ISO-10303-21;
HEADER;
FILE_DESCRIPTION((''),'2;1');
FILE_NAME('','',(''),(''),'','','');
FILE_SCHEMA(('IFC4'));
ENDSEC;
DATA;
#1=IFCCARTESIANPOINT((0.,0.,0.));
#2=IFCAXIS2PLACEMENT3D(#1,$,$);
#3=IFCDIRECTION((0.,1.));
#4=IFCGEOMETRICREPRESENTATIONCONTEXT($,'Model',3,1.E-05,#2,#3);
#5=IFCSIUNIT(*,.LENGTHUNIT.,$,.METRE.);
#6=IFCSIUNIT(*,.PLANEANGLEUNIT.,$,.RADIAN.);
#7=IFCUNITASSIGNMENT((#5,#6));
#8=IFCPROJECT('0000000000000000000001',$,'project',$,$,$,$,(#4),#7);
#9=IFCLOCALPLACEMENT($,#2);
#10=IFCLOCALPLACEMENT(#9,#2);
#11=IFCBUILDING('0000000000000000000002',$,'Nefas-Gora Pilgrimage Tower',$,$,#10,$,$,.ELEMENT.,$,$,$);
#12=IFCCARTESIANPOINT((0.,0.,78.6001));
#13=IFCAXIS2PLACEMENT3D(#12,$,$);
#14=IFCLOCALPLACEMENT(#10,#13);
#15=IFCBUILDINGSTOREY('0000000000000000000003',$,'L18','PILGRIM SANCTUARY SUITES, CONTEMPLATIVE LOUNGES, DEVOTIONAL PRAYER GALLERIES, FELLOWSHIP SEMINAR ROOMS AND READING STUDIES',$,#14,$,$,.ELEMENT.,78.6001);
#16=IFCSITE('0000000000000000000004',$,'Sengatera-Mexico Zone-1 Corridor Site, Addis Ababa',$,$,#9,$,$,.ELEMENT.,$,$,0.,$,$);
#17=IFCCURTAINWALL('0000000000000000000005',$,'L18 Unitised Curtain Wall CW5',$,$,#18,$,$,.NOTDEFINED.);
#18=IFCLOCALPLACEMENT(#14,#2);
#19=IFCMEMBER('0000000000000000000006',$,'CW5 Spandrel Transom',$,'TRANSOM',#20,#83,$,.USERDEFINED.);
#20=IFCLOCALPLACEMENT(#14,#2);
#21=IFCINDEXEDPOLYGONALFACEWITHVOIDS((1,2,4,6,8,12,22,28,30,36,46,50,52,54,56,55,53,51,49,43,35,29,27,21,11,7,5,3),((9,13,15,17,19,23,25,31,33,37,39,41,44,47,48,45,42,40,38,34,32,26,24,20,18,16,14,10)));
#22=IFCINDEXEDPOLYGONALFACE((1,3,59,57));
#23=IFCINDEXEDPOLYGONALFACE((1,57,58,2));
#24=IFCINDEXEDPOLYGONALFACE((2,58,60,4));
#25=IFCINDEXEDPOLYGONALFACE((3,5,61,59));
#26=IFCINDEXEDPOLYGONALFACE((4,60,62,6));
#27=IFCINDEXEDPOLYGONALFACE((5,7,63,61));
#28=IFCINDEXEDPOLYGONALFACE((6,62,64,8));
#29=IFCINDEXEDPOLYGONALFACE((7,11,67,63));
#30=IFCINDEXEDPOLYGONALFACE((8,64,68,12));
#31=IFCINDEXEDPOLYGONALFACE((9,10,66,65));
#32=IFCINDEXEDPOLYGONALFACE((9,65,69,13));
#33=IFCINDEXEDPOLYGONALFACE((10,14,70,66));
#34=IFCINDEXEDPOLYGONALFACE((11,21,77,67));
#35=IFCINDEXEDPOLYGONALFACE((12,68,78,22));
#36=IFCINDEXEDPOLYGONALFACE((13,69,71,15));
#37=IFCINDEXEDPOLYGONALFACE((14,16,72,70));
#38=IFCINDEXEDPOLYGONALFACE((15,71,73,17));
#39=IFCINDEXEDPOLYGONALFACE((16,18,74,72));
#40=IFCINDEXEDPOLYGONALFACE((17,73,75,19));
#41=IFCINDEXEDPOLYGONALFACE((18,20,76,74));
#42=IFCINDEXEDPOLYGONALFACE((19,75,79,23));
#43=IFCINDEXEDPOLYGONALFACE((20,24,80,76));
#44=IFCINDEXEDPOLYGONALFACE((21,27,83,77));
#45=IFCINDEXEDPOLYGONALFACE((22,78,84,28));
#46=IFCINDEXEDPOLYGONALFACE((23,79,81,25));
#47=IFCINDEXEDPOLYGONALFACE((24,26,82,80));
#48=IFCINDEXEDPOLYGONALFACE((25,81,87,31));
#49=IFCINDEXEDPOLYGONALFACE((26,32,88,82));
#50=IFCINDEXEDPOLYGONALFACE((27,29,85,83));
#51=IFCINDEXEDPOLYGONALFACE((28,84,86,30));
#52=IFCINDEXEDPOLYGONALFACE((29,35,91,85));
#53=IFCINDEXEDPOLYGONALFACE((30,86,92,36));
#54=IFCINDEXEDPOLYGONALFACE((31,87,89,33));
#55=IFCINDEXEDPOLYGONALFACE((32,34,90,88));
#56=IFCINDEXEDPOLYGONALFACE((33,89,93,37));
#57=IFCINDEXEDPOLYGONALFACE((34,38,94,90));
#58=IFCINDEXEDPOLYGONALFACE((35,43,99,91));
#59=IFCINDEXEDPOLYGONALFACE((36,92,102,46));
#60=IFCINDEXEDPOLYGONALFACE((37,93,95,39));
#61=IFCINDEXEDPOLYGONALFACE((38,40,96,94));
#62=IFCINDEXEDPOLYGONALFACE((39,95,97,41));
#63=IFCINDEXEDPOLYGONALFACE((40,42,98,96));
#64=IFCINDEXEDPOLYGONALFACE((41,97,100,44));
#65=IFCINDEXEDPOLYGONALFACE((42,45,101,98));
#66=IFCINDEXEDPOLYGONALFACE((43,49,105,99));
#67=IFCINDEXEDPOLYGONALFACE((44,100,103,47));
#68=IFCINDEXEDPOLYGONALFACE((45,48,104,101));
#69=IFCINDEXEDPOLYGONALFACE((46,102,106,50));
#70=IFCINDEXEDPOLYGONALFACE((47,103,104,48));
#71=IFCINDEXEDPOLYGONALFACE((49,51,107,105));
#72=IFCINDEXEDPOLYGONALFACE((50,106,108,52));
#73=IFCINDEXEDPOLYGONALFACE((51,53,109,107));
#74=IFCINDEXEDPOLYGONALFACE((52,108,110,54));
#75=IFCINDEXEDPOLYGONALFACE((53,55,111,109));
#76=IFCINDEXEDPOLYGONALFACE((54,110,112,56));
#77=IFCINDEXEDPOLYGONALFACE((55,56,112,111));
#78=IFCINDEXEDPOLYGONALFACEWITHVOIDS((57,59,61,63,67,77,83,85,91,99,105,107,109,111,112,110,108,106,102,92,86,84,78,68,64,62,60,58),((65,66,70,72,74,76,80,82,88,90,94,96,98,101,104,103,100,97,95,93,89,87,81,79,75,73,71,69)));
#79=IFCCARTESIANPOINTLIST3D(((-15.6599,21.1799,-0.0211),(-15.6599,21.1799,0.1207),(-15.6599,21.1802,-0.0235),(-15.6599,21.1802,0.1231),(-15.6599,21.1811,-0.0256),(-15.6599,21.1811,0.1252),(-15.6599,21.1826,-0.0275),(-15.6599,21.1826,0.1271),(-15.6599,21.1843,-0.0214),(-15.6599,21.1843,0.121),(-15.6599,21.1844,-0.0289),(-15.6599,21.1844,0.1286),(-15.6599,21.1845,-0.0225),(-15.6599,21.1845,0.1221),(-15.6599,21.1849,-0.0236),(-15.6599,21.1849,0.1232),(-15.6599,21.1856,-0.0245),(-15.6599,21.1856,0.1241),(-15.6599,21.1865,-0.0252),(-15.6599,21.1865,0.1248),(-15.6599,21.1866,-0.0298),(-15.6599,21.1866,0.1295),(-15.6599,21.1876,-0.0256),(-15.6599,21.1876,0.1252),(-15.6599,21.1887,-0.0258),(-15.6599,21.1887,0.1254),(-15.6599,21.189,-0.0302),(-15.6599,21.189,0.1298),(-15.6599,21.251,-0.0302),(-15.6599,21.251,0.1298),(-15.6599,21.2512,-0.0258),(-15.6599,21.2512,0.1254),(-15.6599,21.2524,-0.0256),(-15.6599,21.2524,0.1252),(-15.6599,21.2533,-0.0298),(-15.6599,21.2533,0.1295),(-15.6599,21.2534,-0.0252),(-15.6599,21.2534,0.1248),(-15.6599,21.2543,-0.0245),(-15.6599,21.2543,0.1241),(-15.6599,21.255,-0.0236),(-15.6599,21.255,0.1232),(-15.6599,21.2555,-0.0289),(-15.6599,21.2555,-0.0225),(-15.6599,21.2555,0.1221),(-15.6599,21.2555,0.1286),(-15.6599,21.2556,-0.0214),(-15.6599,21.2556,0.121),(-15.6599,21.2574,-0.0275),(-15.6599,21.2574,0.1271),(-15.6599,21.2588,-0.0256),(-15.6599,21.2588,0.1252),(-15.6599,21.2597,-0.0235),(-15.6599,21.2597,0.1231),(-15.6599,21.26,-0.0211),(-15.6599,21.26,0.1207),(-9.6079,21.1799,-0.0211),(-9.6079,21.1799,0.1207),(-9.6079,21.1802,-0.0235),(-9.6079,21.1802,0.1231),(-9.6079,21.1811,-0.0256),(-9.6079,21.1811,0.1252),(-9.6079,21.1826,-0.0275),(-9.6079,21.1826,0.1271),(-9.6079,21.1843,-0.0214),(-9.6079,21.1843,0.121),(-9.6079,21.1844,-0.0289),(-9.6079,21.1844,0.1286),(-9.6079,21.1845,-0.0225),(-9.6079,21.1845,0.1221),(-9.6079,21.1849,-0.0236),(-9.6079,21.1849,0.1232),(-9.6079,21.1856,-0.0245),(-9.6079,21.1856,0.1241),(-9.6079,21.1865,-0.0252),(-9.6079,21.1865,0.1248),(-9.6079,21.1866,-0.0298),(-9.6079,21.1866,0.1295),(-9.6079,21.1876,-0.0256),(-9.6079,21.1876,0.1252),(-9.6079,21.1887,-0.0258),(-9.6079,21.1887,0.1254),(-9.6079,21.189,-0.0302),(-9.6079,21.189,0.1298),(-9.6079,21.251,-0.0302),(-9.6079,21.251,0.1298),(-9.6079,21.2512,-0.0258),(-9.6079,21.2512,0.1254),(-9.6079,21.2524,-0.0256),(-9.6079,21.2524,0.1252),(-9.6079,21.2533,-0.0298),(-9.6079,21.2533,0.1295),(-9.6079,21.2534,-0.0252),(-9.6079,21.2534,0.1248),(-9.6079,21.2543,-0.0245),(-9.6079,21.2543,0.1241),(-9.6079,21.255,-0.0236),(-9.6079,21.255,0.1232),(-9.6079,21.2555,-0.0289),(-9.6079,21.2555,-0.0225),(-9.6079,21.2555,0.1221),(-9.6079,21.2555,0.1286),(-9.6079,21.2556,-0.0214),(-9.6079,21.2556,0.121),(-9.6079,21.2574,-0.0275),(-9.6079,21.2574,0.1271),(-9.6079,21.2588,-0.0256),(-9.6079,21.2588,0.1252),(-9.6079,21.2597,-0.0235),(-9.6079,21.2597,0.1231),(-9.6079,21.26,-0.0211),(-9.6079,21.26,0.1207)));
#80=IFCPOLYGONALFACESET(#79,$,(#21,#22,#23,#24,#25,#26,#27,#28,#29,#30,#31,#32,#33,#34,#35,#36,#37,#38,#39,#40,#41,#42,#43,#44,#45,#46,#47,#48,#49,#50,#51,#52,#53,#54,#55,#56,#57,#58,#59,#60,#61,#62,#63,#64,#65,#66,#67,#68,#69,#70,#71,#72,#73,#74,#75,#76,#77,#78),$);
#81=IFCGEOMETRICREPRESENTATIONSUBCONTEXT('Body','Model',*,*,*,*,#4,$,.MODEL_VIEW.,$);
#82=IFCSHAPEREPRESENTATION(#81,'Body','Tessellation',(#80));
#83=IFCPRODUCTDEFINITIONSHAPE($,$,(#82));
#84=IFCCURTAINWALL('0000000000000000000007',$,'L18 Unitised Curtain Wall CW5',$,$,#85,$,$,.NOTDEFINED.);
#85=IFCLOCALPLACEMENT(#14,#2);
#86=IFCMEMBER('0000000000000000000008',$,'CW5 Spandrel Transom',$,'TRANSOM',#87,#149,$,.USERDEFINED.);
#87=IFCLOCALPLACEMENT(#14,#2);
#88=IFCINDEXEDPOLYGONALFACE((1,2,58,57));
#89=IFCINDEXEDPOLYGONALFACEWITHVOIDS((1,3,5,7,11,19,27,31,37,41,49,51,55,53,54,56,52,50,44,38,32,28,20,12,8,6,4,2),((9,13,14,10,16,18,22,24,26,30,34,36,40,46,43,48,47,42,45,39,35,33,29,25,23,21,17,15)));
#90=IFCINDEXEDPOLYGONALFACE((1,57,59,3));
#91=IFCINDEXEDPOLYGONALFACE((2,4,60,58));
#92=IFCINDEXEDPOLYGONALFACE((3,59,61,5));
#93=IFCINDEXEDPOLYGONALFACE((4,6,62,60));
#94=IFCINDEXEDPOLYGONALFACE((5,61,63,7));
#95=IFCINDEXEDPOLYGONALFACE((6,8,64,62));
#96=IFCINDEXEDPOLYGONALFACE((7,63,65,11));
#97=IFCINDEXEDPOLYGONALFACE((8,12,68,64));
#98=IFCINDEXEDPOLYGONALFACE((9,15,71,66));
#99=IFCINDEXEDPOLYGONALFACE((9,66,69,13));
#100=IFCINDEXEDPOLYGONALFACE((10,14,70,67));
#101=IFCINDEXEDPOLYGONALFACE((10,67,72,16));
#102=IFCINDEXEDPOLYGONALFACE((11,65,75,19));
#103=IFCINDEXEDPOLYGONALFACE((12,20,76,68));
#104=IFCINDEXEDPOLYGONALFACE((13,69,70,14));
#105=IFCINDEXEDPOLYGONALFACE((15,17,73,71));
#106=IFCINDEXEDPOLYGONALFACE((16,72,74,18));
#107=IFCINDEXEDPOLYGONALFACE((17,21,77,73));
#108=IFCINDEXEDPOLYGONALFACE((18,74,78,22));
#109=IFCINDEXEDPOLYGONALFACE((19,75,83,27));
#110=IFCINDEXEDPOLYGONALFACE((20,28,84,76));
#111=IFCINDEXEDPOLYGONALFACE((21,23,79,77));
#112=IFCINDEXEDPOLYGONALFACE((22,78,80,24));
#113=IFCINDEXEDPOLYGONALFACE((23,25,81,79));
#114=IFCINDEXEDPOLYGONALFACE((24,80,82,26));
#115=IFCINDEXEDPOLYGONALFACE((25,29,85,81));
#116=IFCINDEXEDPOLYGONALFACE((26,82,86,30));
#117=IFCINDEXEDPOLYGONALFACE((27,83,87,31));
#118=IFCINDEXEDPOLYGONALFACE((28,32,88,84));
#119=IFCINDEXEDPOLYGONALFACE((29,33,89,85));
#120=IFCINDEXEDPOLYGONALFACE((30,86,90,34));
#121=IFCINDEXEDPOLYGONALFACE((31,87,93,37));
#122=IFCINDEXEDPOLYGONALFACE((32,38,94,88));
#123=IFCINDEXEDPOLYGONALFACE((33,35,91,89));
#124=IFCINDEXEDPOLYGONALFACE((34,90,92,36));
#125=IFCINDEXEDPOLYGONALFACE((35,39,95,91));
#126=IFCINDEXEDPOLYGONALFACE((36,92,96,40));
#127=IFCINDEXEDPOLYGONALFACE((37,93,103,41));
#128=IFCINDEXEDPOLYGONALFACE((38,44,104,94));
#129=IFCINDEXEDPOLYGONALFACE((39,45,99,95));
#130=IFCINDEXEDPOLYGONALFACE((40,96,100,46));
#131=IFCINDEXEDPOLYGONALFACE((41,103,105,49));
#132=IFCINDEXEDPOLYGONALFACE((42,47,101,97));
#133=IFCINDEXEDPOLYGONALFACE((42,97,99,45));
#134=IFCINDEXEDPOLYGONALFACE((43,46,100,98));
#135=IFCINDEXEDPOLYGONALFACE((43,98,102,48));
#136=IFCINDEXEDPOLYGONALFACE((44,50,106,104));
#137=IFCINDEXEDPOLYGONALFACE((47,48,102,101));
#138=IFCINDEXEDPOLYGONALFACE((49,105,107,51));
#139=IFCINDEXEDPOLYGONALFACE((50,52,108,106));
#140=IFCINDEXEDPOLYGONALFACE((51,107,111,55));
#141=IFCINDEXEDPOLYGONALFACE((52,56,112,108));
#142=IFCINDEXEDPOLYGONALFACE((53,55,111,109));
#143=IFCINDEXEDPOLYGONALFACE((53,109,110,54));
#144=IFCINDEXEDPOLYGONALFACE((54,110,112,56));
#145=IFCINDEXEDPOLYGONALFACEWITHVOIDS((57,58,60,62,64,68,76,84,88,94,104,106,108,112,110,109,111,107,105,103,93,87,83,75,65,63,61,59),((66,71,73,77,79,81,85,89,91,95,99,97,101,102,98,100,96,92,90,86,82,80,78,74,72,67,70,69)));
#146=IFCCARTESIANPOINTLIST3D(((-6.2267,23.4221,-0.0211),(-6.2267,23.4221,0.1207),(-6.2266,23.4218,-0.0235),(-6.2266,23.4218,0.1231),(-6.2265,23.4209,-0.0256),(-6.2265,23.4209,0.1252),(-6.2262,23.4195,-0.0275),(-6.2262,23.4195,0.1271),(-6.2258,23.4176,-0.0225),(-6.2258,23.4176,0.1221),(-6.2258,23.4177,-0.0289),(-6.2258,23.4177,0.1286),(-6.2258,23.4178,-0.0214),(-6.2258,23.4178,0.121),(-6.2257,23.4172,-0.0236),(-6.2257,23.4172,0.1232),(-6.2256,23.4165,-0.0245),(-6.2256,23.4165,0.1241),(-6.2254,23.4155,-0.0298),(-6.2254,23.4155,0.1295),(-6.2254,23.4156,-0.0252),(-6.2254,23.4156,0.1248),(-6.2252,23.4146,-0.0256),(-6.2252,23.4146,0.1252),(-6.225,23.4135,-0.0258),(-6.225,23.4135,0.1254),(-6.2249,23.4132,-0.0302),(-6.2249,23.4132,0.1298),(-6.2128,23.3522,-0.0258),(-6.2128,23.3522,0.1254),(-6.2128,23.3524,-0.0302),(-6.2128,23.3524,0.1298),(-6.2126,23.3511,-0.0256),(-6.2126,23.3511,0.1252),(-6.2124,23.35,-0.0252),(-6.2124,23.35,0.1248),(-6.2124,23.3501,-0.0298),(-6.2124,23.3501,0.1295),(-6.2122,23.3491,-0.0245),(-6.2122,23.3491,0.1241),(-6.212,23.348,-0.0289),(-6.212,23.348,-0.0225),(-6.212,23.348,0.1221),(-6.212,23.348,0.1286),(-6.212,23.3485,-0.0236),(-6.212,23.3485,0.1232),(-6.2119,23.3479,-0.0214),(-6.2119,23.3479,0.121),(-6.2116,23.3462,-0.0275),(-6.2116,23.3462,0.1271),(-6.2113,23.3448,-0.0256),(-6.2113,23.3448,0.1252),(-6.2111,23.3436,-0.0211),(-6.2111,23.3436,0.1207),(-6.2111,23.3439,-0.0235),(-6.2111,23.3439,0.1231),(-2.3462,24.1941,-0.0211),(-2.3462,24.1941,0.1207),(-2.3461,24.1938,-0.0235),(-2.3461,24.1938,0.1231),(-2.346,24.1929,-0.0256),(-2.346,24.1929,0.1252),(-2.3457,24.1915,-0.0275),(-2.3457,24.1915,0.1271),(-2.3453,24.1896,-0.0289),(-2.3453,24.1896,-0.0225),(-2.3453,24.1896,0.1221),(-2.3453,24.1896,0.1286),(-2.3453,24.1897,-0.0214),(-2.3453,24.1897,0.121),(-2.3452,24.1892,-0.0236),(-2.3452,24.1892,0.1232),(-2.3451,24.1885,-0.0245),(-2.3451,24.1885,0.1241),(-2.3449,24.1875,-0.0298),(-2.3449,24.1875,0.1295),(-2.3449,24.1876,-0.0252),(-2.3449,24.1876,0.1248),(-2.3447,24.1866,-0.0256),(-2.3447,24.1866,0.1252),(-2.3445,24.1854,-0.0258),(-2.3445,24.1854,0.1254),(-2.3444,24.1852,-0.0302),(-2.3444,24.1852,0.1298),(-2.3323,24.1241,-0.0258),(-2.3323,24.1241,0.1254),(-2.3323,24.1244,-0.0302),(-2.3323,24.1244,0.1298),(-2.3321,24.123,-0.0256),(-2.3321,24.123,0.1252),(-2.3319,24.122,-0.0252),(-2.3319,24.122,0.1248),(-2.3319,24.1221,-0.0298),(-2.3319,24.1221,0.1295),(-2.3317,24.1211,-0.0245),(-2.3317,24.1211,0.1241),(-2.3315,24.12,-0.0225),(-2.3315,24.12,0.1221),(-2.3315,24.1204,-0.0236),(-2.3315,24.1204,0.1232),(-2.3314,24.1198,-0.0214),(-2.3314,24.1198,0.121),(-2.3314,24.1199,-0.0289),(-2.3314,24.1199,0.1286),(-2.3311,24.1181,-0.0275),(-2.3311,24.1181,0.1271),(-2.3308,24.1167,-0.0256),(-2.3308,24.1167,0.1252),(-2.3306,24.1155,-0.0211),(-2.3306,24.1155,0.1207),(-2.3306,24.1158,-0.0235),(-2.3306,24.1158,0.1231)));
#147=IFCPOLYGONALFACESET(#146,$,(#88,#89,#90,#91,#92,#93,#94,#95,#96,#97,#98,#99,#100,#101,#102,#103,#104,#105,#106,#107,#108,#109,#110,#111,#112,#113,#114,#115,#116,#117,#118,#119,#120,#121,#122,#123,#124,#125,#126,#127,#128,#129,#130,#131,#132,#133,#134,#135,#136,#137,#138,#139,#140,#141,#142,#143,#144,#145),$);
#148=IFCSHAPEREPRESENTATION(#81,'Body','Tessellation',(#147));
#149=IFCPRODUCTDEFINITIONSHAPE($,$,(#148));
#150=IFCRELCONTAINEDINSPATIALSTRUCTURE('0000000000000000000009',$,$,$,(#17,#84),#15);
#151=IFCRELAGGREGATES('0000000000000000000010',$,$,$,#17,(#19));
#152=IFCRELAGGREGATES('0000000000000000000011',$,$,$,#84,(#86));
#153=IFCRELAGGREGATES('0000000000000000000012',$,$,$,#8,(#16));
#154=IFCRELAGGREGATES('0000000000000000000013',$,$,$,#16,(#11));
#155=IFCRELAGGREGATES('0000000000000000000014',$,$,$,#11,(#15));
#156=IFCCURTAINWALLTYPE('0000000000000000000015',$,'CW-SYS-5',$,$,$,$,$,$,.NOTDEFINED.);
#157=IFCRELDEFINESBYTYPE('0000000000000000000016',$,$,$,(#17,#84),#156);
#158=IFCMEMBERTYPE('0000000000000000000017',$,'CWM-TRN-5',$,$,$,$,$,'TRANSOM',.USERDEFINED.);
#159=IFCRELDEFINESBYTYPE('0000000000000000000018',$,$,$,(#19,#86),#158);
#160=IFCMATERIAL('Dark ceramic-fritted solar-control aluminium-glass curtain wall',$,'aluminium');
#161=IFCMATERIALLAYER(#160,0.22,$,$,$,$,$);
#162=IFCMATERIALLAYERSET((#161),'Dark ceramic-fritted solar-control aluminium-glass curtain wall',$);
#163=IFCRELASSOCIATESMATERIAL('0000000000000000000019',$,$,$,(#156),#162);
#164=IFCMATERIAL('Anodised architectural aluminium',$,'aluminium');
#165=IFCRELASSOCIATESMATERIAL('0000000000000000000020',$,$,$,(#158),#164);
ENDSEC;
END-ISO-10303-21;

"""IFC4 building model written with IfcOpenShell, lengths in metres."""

from ifc_helpers import new_model, si_unit, direction, frame, origin, origin_2d, place, context, subcontext, project, spatial, hollow_rectangle, extrude, source, transform, mapped, material, layer, layer_set, material_profile, profile_set, type_object, element, aggregate, save


model = new_model("IFC4")

# Units and contexts
model_context = context("Model", 3, precision=1e-05, world=origin(), true_north=direction((0.0, 1.0)))
body_context = subcontext(model_context, "Body", "Model", "MODEL_VIEW")
ifc_project = project(units=[si_unit("LENGTHUNIT", "METRE"), si_unit("PLANEANGLEUNIT", "RADIAN")], contexts=[model_context])

# Site, building, storey
site_placement = place(None, origin())
site = spatial("IfcSite", under=ifc_project, at=site_placement, Name="Sengatera-Mexico Zone-1 Corridor Site, Addis Ababa", CompositionType="ELEMENT", RefElevation=0.0)
building_placement = place(site_placement, origin())
building = spatial("IfcBuilding", under=site, at=building_placement, Name="Nefas-Gora Pilgrimage Tower", CompositionType="ELEMENT")
storey_placement = place(building_placement, frame((0.0, 0.0, 78.6001)))
storey = spatial("IfcBuildingStorey", under=building, at=storey_placement, Name="L18", Description="PILGRIM SANCTUARY SUITES, CONTEMPLATIVE LOUNGES, DEVOTIONAL PRAYER GALLERIES, FELLOWSHIP SEMINAR ROOMS AND READING STUDIES", CompositionType="ELEMENT", Elevation=78.6001)

# Curtain wall, member
ifc_material_1 = material(Name="Dark ceramic-fritted solar-control aluminium-glass curtain wall", Category="aluminium")
ifc_layer_1 = layer(ifc_material_1, 0.22)
ifc_layer_set_1 = layer_set([ifc_layer_1], Name="Dark ceramic-fritted solar-control aluminium-glass curtain wall")
curtain_wall_type = type_object("IfcCurtainWallType", Name="CW-SYS-5", PredefinedType="NOTDEFINED", material=ifc_layer_set_1)
curtain_wall_1_placement = place(storey_placement, origin())
curtain_wall_1 = element("IfcCurtainWall", 1, at=curtain_wall_1_placement, inside=storey, type_object=curtain_wall_type, Name="L18 Unitised Curtain Wall CW5", PredefinedType="NOTDEFINED")
ifc_material_2 = material(Name="Anodised architectural aluminium", Category="aluminium")
ifc_material_profile_1 = material_profile(ifc_material_2, hollow_rectangle(XDim=0.0801, YDim=0.1599, WallThickness=0.0044, InnerFilletRadius=0.0044, OuterFilletRadius=0.009, at=origin_2d()), Name="ALU TRANSOM 80x160")
ifc_profile_set_1 = profile_set([ifc_material_profile_1], Name="Anodised architectural aluminium")
member_type_1 = type_object("IfcMemberType", Name="CWM-TRN-5", ElementType="TRANSOM", PredefinedType="USERDEFINED", material=ifc_profile_set_1)
shared_shape_1 = source(origin(), body_context, "Body", "SweptSolid", [
    extrude(hollow_rectangle(XDim=0.0801, YDim=0.1599, WallThickness=0.0044, InnerFilletRadius=0.0044, OuterFilletRadius=0.009, at=origin_2d()), origin(), (0.0, 0.0, 1.0), 6.052),
])
member_1_placement = place(storey_placement, frame((-9.6079, 21.22, 0.0498), z_axis=(-1.0, 0.0, 0.0), x_axis=(0.0, -1.0, 0.0)))
member_1 = element("IfcMember", 2, at=member_1_placement, type_object=member_type_1, Name="CW5 Spandrel Transom", ObjectType="TRANSOM", PredefinedType="USERDEFINED", context=body_context, shape_type="MappedRepresentation", body=[
    mapped(shared_shape_1, transform((0.0, 0.0, 0.0), x_axis=(1.0, 0.0, 0.0), y_axis=(0.0, 1.0, 0.0), z_axis=(0.0, 0.0, 1.0), scale=1.0)),
])

# Curtain wall, member
curtain_wall_2_placement = place(storey_placement, origin())
curtain_wall_2 = element("IfcCurtainWall", 3, at=curtain_wall_2_placement, inside=storey, type_object=curtain_wall_type, Name="L18 Unitised Curtain Wall CW5", PredefinedType="NOTDEFINED")
shared_shape_2 = source(origin(), body_context, "Body", "SweptSolid", [
    extrude(hollow_rectangle(XDim=0.0801, YDim=0.1599, WallThickness=0.0044, InnerFilletRadius=0.0044, OuterFilletRadius=0.009, at=origin_2d()), origin(), (0.0, 0.0, 1.0), 3.9565),
])
member_2_placement = place(storey_placement, frame((-2.3384, 24.1548, 0.0498), z_axis=(-0.980782, -0.195107, 0.0), x_axis=(0.195107, -0.980782, 0.0)))
member_2 = element("IfcMember", 4, at=member_2_placement, type_object=member_type_1, Name="CW5 Spandrel Transom", ObjectType="TRANSOM", PredefinedType="USERDEFINED", context=body_context, shape_type="MappedRepresentation", body=[
    mapped(shared_shape_2, transform((0.0, 0.0, 0.0), x_axis=(1.0, 0.0, 0.0), y_axis=(0.0, 1.0, 0.0), z_axis=(0.0, 0.0, 1.0), scale=1.0)),
])

aggregate(curtain_wall_1, [member_1])

aggregate(curtain_wall_2, [member_2])

save(model, "model.ifc")
